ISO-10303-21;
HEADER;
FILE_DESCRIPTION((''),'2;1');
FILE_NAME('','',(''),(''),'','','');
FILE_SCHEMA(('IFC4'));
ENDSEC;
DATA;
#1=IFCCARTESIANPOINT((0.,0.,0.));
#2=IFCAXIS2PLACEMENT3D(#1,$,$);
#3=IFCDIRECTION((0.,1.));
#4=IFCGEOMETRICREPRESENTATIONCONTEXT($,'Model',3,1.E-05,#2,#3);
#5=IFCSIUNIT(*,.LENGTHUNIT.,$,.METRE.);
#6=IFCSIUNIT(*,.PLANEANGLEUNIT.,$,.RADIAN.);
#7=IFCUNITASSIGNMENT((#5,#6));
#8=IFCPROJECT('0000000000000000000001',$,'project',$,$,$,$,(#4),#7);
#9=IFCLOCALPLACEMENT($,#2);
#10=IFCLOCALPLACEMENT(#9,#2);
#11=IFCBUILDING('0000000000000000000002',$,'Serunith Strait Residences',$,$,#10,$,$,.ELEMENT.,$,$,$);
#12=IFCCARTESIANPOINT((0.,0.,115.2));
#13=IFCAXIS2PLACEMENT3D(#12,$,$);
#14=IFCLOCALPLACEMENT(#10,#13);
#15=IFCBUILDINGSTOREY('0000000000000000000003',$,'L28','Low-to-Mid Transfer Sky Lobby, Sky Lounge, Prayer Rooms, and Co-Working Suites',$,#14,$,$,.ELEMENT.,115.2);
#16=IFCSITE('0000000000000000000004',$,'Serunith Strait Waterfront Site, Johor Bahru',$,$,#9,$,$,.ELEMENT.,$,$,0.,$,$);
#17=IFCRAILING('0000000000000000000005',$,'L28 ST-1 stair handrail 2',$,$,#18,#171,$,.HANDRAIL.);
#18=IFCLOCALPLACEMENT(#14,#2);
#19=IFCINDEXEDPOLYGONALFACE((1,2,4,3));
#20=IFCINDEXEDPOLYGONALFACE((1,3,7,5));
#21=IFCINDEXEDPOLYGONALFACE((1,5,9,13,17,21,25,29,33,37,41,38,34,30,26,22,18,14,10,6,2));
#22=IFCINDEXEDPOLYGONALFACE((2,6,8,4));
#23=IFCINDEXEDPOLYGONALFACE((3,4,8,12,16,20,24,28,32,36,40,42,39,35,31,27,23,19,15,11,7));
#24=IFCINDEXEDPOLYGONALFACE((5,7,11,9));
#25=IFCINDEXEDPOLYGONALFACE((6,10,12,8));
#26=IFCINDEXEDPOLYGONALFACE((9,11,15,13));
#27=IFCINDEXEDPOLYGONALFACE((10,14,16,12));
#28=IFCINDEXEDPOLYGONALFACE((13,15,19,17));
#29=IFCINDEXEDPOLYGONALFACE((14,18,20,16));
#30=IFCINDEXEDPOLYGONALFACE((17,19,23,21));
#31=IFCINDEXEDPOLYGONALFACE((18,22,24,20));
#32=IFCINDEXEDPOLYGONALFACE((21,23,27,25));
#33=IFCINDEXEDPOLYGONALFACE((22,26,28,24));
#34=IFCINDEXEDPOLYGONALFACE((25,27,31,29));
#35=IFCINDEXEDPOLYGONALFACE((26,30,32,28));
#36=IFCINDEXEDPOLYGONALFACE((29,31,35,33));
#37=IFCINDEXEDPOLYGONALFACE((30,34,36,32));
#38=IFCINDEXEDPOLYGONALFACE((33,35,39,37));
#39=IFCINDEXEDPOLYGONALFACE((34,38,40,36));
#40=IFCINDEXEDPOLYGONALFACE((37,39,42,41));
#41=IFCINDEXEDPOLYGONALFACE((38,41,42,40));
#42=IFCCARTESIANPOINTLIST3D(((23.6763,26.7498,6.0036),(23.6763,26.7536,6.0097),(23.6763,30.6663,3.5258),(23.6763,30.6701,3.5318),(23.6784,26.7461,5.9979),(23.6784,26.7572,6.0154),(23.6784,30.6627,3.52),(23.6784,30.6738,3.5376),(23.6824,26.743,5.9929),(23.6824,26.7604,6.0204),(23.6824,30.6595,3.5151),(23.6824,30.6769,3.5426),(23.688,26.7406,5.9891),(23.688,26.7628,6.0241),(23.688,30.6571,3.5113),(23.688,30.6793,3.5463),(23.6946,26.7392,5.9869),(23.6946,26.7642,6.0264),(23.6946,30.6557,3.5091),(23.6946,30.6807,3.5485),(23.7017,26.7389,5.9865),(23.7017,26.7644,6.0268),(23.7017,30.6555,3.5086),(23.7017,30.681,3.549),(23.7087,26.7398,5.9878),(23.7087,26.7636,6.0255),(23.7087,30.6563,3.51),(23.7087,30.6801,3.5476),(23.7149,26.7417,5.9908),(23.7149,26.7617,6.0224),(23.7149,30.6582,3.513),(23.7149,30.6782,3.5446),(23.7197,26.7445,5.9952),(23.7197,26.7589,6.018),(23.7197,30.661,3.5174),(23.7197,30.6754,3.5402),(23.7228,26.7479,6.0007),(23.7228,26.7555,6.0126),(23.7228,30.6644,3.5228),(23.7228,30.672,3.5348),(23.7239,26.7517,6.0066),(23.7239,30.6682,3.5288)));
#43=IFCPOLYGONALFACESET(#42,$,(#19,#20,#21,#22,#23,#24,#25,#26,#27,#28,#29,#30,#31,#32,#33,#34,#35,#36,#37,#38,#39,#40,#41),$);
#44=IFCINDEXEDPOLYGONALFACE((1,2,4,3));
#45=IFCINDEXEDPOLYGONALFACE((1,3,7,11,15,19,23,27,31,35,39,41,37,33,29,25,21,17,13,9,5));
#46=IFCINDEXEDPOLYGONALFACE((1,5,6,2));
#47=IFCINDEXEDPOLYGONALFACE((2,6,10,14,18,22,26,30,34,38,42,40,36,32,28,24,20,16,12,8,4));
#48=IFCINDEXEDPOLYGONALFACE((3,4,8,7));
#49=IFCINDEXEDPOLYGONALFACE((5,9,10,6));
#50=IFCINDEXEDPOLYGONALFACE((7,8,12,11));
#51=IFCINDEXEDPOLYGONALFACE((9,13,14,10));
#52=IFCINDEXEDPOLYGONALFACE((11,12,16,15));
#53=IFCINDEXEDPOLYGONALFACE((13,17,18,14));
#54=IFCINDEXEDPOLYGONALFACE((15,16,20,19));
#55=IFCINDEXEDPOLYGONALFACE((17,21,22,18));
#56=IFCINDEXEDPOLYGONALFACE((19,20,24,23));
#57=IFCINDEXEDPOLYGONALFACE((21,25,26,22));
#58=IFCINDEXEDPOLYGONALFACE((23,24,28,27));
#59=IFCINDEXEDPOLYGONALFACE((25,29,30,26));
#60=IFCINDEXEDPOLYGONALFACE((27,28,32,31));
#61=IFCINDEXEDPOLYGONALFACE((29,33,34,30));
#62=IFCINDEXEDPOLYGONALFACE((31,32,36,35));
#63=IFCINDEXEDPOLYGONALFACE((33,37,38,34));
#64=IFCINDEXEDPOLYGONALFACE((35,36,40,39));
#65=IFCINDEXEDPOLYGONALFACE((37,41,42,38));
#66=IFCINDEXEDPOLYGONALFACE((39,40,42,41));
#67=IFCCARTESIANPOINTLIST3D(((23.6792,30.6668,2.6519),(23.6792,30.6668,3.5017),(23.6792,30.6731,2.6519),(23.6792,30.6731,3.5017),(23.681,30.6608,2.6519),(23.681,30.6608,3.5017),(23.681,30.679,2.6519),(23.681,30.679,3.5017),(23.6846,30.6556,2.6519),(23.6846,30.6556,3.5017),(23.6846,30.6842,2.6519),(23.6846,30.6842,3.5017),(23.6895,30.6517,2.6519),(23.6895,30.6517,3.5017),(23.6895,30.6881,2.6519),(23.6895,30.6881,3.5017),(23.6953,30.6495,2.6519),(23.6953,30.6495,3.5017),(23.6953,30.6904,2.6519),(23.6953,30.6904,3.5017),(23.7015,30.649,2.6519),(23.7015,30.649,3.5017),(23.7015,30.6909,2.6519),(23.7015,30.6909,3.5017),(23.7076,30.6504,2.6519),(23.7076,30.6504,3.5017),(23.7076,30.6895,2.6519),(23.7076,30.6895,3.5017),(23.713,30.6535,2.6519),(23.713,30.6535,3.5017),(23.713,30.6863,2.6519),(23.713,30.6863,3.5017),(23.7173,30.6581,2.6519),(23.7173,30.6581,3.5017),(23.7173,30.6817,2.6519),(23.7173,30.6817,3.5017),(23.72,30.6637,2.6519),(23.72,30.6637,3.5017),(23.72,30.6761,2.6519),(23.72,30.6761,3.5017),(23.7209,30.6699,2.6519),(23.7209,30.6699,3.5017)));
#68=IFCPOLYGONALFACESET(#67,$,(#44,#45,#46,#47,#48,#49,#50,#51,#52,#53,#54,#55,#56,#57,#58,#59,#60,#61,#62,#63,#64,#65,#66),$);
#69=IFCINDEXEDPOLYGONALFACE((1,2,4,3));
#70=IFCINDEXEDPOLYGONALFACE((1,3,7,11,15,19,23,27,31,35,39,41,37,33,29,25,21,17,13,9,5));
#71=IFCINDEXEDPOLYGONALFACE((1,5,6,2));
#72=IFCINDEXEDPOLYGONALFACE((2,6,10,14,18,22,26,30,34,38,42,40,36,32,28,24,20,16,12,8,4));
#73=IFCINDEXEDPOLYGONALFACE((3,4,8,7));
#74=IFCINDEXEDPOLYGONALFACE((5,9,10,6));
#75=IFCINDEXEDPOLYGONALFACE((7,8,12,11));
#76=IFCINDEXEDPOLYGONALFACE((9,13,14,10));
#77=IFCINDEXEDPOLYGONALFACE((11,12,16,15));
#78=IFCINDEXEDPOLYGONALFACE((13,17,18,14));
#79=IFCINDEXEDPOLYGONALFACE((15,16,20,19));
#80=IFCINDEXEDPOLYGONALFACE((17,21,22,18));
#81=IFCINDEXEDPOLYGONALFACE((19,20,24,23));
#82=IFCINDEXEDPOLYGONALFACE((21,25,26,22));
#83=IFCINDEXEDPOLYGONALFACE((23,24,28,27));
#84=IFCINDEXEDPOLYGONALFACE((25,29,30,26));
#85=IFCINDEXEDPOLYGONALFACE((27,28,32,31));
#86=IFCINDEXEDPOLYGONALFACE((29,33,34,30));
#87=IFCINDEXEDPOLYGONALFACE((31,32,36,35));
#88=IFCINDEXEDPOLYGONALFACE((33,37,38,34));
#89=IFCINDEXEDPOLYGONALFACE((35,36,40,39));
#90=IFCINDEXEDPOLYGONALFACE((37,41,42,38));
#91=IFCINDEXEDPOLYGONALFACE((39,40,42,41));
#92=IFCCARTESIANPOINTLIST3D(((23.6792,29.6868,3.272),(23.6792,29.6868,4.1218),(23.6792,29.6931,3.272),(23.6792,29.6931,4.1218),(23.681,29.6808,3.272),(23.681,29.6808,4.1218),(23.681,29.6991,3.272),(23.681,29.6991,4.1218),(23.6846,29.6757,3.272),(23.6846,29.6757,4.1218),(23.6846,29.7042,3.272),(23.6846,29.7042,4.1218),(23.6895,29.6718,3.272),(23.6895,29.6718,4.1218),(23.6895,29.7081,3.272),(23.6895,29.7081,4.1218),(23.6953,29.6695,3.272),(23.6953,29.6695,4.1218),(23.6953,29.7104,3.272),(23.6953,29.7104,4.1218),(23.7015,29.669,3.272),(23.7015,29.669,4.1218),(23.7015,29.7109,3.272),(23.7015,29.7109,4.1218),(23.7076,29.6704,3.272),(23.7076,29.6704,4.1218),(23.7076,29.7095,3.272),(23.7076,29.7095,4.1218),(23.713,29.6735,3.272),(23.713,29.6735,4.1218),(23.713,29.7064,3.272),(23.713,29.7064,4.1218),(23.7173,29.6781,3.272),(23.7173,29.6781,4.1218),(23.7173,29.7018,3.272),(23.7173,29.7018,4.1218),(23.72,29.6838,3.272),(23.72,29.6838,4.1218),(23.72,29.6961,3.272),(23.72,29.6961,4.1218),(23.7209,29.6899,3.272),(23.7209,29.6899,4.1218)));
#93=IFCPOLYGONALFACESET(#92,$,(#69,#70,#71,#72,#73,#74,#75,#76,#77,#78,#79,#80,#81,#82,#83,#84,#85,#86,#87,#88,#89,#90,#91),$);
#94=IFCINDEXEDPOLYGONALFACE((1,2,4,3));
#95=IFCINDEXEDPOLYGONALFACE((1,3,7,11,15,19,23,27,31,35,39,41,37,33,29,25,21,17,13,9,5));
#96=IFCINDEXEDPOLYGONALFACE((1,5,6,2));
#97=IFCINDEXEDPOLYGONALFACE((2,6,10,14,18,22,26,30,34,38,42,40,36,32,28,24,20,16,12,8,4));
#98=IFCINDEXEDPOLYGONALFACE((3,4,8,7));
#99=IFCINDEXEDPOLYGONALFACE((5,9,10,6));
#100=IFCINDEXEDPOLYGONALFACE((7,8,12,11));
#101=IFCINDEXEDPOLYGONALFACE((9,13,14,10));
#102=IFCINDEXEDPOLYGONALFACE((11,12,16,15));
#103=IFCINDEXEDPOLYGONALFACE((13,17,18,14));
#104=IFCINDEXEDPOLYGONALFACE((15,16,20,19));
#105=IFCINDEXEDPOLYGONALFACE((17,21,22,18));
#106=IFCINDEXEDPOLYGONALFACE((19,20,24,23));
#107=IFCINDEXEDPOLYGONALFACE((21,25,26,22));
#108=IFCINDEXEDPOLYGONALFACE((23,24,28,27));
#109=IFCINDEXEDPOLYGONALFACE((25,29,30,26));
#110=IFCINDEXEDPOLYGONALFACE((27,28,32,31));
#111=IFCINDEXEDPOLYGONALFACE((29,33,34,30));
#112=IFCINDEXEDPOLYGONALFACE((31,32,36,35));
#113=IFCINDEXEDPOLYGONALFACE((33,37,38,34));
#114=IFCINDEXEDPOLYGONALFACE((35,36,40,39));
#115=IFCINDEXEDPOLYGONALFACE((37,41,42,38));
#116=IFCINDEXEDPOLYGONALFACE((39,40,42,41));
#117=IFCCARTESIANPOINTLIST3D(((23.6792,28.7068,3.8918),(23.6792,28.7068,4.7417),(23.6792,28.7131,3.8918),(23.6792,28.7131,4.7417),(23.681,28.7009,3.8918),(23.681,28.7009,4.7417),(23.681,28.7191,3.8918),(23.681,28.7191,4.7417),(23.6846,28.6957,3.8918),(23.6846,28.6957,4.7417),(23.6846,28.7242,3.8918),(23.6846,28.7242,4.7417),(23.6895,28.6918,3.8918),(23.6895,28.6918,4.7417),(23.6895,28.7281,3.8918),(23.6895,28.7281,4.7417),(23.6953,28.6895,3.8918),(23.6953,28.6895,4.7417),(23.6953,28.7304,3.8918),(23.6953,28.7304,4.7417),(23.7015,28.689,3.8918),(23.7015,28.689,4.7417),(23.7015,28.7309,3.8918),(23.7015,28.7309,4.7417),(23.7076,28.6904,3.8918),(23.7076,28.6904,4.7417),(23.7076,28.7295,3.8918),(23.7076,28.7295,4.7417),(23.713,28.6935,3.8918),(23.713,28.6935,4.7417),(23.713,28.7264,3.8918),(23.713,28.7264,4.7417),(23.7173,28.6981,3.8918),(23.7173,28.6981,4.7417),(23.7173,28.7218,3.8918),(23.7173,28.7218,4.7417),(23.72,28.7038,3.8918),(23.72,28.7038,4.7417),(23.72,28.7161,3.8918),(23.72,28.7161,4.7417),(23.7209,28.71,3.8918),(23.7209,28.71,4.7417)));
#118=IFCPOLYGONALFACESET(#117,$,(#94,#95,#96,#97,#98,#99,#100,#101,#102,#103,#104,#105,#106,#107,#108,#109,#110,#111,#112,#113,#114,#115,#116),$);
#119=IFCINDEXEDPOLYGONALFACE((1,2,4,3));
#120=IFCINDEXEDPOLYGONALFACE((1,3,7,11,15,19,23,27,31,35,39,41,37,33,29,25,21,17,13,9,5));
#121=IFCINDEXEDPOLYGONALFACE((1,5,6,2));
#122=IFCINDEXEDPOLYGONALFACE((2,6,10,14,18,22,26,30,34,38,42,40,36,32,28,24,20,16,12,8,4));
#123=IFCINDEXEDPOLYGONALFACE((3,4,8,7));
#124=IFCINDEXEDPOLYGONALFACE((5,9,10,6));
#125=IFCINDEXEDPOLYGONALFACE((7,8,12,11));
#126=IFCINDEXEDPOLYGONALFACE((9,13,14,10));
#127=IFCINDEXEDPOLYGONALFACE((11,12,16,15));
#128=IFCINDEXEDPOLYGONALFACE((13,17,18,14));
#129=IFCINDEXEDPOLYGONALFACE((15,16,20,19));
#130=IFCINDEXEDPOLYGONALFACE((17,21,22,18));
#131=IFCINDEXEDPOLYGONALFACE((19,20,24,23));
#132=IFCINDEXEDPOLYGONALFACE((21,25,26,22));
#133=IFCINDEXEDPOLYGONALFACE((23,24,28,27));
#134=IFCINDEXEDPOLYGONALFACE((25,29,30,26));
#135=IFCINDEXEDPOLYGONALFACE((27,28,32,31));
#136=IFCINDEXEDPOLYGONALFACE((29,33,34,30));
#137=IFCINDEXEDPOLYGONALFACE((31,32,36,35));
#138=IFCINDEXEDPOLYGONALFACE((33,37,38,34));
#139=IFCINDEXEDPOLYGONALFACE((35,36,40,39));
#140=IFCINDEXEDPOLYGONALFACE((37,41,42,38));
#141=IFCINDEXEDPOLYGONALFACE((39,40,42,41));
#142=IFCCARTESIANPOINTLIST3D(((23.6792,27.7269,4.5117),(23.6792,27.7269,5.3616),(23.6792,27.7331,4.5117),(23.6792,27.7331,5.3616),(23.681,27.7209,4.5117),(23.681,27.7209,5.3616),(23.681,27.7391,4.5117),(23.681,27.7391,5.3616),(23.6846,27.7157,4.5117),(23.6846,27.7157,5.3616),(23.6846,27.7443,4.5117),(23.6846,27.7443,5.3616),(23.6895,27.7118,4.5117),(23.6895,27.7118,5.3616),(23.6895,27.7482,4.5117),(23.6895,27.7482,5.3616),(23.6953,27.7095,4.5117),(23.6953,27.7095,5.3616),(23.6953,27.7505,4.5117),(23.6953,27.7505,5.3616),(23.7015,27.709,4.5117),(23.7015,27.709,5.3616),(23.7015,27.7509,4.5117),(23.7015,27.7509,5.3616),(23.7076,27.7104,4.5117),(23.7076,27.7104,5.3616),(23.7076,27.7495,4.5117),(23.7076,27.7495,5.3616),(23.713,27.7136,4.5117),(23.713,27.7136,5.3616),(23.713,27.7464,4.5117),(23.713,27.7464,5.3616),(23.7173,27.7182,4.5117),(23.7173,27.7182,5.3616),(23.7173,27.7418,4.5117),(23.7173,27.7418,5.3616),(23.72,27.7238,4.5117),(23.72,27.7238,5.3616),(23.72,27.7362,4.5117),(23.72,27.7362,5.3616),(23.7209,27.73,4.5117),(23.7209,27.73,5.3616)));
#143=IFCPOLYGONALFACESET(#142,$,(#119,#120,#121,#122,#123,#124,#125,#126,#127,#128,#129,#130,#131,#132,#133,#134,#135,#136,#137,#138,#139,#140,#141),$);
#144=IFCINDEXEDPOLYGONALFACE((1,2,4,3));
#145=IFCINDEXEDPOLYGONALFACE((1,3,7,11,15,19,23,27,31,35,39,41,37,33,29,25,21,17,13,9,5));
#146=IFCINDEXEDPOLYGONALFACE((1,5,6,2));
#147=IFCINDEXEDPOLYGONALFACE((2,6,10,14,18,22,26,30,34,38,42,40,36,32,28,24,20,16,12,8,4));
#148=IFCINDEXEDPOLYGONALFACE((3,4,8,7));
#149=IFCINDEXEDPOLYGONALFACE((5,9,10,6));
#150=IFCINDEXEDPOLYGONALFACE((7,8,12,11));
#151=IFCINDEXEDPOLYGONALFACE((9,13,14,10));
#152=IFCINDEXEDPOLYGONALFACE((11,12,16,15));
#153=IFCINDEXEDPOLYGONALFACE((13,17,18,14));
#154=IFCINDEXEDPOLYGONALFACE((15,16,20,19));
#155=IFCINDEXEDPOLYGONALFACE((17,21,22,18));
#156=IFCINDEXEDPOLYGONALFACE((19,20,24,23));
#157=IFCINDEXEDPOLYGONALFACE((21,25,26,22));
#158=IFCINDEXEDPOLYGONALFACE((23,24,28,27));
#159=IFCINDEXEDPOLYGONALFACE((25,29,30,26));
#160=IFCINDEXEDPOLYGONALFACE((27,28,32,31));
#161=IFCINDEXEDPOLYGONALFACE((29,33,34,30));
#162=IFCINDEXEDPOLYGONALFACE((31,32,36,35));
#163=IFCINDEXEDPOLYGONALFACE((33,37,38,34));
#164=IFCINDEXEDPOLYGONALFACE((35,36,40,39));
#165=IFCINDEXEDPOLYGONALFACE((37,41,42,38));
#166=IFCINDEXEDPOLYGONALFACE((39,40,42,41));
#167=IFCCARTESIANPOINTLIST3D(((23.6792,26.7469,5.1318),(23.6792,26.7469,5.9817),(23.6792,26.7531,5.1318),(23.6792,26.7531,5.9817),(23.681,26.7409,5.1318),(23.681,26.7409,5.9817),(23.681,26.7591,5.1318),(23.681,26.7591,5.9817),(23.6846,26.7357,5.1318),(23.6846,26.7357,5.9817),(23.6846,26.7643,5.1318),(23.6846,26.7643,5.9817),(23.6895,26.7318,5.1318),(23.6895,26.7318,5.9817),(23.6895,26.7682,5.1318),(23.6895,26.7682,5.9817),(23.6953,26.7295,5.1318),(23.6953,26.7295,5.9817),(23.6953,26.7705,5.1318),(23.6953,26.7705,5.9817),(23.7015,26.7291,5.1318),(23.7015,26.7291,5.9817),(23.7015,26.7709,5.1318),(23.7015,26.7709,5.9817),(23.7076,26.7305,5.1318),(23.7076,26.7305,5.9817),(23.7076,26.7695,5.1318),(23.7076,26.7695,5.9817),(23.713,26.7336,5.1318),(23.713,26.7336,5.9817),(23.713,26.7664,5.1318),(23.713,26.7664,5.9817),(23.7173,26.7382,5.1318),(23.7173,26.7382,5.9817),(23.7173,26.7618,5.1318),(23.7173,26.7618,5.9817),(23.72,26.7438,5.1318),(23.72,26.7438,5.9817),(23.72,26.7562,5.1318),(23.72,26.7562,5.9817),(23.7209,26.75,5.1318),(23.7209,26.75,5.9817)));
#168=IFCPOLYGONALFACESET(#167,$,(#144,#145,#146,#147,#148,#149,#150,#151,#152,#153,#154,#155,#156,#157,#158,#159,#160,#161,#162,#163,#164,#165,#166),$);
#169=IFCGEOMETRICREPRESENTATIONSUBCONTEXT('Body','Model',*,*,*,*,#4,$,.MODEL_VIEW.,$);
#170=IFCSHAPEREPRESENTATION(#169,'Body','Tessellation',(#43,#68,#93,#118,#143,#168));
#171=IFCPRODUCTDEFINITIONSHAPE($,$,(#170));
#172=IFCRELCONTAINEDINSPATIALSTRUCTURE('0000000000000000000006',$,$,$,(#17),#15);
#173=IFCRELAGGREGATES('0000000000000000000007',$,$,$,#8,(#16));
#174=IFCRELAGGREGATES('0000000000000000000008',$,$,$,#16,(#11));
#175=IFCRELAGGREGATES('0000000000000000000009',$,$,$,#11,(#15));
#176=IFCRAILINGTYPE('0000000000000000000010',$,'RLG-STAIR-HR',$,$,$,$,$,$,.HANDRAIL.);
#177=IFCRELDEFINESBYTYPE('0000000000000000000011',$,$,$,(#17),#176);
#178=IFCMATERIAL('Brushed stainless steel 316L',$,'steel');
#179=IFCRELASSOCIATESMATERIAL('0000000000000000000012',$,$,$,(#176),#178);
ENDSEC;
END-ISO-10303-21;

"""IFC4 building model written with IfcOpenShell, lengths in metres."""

from ifc_helpers import new_model, si_unit, direction, frame, origin, origin_2d, place, context, subcontext, project, spatial, circle, extrude, material, type_object, element, save


model = new_model("IFC4")

# Units and contexts
model_context = context("Model", 3, precision=1e-05, world=origin(), true_north=direction((0.0, 1.0)))
body_context = subcontext(model_context, "Body", "Model", "MODEL_VIEW")
ifc_project = project(units=[si_unit("LENGTHUNIT", "METRE"), si_unit("PLANEANGLEUNIT", "RADIAN")], contexts=[model_context])

# Site, building, storey
site_placement = place(None, origin())
site = spatial("IfcSite", under=ifc_project, at=site_placement, Name="Serunith Strait Waterfront Site, Johor Bahru", CompositionType="ELEMENT", RefElevation=0.0)
building_placement = place(site_placement, origin())
building = spatial("IfcBuilding", under=site, at=building_placement, Name="Serunith Strait Residences", CompositionType="ELEMENT")
storey_placement = place(building_placement, frame((0.0, 0.0, 115.2)))
storey = spatial("IfcBuildingStorey", under=building, at=storey_placement, Name="L28", Description="Low-to-Mid Transfer Sky Lobby, Sky Lounge, Prayer Rooms, and Co-Working Suites", CompositionType="ELEMENT", Elevation=115.2)

# Railing
ifc_material_1 = material(Name="Brushed stainless steel 316L", Category="steel")
railing_type_1 = type_object("IfcRailingType", Name="RLG-STAIR-HR", PredefinedType="HANDRAIL", material=ifc_material_1)
railing_1_placement = place(storey_placement, frame((23.7, 30.6699, 2.6519)))
element("IfcRailing", 1, at=railing_1_placement, inside=storey, type_object=railing_type_1, Name="L28 ST-1 stair handrail 2", PredefinedType="HANDRAIL", context=body_context, shape_type="SweptSolid", body=[
    extrude(circle(Radius=0.0239, at=origin_2d()), frame((0.0, -0.0017, 0.877), z_axis=(0.0, -0.845076, 0.534646), x_axis=(1.0, 0.0, 0.0)), (0.0, 0.0, 1.0), 4.6345),
    extrude(circle(Radius=0.021, at=origin_2d()), origin(), (0.0, 0.0, 1.0), 0.8499),
    extrude(circle(Radius=0.021, at=origin_2d()), frame((0.0, -0.98, 0.6201)), (0.0, 0.0, 1.0), 0.8499),
    extrude(circle(Radius=0.021, at=origin_2d()), frame((0.0, -1.96, 1.24)), (0.0, 0.0, 1.0), 0.8499),
    extrude(circle(Radius=0.021, at=origin_2d()), frame((0.0, -2.9399, 1.8599)), (0.0, 0.0, 1.0), 0.8499),
    extrude(circle(Radius=0.021, at=origin_2d()), frame((0.0, -3.9199, 2.48)), (0.0, 0.0, 1.0), 0.8499),
])

save(model, "model.ifc")
